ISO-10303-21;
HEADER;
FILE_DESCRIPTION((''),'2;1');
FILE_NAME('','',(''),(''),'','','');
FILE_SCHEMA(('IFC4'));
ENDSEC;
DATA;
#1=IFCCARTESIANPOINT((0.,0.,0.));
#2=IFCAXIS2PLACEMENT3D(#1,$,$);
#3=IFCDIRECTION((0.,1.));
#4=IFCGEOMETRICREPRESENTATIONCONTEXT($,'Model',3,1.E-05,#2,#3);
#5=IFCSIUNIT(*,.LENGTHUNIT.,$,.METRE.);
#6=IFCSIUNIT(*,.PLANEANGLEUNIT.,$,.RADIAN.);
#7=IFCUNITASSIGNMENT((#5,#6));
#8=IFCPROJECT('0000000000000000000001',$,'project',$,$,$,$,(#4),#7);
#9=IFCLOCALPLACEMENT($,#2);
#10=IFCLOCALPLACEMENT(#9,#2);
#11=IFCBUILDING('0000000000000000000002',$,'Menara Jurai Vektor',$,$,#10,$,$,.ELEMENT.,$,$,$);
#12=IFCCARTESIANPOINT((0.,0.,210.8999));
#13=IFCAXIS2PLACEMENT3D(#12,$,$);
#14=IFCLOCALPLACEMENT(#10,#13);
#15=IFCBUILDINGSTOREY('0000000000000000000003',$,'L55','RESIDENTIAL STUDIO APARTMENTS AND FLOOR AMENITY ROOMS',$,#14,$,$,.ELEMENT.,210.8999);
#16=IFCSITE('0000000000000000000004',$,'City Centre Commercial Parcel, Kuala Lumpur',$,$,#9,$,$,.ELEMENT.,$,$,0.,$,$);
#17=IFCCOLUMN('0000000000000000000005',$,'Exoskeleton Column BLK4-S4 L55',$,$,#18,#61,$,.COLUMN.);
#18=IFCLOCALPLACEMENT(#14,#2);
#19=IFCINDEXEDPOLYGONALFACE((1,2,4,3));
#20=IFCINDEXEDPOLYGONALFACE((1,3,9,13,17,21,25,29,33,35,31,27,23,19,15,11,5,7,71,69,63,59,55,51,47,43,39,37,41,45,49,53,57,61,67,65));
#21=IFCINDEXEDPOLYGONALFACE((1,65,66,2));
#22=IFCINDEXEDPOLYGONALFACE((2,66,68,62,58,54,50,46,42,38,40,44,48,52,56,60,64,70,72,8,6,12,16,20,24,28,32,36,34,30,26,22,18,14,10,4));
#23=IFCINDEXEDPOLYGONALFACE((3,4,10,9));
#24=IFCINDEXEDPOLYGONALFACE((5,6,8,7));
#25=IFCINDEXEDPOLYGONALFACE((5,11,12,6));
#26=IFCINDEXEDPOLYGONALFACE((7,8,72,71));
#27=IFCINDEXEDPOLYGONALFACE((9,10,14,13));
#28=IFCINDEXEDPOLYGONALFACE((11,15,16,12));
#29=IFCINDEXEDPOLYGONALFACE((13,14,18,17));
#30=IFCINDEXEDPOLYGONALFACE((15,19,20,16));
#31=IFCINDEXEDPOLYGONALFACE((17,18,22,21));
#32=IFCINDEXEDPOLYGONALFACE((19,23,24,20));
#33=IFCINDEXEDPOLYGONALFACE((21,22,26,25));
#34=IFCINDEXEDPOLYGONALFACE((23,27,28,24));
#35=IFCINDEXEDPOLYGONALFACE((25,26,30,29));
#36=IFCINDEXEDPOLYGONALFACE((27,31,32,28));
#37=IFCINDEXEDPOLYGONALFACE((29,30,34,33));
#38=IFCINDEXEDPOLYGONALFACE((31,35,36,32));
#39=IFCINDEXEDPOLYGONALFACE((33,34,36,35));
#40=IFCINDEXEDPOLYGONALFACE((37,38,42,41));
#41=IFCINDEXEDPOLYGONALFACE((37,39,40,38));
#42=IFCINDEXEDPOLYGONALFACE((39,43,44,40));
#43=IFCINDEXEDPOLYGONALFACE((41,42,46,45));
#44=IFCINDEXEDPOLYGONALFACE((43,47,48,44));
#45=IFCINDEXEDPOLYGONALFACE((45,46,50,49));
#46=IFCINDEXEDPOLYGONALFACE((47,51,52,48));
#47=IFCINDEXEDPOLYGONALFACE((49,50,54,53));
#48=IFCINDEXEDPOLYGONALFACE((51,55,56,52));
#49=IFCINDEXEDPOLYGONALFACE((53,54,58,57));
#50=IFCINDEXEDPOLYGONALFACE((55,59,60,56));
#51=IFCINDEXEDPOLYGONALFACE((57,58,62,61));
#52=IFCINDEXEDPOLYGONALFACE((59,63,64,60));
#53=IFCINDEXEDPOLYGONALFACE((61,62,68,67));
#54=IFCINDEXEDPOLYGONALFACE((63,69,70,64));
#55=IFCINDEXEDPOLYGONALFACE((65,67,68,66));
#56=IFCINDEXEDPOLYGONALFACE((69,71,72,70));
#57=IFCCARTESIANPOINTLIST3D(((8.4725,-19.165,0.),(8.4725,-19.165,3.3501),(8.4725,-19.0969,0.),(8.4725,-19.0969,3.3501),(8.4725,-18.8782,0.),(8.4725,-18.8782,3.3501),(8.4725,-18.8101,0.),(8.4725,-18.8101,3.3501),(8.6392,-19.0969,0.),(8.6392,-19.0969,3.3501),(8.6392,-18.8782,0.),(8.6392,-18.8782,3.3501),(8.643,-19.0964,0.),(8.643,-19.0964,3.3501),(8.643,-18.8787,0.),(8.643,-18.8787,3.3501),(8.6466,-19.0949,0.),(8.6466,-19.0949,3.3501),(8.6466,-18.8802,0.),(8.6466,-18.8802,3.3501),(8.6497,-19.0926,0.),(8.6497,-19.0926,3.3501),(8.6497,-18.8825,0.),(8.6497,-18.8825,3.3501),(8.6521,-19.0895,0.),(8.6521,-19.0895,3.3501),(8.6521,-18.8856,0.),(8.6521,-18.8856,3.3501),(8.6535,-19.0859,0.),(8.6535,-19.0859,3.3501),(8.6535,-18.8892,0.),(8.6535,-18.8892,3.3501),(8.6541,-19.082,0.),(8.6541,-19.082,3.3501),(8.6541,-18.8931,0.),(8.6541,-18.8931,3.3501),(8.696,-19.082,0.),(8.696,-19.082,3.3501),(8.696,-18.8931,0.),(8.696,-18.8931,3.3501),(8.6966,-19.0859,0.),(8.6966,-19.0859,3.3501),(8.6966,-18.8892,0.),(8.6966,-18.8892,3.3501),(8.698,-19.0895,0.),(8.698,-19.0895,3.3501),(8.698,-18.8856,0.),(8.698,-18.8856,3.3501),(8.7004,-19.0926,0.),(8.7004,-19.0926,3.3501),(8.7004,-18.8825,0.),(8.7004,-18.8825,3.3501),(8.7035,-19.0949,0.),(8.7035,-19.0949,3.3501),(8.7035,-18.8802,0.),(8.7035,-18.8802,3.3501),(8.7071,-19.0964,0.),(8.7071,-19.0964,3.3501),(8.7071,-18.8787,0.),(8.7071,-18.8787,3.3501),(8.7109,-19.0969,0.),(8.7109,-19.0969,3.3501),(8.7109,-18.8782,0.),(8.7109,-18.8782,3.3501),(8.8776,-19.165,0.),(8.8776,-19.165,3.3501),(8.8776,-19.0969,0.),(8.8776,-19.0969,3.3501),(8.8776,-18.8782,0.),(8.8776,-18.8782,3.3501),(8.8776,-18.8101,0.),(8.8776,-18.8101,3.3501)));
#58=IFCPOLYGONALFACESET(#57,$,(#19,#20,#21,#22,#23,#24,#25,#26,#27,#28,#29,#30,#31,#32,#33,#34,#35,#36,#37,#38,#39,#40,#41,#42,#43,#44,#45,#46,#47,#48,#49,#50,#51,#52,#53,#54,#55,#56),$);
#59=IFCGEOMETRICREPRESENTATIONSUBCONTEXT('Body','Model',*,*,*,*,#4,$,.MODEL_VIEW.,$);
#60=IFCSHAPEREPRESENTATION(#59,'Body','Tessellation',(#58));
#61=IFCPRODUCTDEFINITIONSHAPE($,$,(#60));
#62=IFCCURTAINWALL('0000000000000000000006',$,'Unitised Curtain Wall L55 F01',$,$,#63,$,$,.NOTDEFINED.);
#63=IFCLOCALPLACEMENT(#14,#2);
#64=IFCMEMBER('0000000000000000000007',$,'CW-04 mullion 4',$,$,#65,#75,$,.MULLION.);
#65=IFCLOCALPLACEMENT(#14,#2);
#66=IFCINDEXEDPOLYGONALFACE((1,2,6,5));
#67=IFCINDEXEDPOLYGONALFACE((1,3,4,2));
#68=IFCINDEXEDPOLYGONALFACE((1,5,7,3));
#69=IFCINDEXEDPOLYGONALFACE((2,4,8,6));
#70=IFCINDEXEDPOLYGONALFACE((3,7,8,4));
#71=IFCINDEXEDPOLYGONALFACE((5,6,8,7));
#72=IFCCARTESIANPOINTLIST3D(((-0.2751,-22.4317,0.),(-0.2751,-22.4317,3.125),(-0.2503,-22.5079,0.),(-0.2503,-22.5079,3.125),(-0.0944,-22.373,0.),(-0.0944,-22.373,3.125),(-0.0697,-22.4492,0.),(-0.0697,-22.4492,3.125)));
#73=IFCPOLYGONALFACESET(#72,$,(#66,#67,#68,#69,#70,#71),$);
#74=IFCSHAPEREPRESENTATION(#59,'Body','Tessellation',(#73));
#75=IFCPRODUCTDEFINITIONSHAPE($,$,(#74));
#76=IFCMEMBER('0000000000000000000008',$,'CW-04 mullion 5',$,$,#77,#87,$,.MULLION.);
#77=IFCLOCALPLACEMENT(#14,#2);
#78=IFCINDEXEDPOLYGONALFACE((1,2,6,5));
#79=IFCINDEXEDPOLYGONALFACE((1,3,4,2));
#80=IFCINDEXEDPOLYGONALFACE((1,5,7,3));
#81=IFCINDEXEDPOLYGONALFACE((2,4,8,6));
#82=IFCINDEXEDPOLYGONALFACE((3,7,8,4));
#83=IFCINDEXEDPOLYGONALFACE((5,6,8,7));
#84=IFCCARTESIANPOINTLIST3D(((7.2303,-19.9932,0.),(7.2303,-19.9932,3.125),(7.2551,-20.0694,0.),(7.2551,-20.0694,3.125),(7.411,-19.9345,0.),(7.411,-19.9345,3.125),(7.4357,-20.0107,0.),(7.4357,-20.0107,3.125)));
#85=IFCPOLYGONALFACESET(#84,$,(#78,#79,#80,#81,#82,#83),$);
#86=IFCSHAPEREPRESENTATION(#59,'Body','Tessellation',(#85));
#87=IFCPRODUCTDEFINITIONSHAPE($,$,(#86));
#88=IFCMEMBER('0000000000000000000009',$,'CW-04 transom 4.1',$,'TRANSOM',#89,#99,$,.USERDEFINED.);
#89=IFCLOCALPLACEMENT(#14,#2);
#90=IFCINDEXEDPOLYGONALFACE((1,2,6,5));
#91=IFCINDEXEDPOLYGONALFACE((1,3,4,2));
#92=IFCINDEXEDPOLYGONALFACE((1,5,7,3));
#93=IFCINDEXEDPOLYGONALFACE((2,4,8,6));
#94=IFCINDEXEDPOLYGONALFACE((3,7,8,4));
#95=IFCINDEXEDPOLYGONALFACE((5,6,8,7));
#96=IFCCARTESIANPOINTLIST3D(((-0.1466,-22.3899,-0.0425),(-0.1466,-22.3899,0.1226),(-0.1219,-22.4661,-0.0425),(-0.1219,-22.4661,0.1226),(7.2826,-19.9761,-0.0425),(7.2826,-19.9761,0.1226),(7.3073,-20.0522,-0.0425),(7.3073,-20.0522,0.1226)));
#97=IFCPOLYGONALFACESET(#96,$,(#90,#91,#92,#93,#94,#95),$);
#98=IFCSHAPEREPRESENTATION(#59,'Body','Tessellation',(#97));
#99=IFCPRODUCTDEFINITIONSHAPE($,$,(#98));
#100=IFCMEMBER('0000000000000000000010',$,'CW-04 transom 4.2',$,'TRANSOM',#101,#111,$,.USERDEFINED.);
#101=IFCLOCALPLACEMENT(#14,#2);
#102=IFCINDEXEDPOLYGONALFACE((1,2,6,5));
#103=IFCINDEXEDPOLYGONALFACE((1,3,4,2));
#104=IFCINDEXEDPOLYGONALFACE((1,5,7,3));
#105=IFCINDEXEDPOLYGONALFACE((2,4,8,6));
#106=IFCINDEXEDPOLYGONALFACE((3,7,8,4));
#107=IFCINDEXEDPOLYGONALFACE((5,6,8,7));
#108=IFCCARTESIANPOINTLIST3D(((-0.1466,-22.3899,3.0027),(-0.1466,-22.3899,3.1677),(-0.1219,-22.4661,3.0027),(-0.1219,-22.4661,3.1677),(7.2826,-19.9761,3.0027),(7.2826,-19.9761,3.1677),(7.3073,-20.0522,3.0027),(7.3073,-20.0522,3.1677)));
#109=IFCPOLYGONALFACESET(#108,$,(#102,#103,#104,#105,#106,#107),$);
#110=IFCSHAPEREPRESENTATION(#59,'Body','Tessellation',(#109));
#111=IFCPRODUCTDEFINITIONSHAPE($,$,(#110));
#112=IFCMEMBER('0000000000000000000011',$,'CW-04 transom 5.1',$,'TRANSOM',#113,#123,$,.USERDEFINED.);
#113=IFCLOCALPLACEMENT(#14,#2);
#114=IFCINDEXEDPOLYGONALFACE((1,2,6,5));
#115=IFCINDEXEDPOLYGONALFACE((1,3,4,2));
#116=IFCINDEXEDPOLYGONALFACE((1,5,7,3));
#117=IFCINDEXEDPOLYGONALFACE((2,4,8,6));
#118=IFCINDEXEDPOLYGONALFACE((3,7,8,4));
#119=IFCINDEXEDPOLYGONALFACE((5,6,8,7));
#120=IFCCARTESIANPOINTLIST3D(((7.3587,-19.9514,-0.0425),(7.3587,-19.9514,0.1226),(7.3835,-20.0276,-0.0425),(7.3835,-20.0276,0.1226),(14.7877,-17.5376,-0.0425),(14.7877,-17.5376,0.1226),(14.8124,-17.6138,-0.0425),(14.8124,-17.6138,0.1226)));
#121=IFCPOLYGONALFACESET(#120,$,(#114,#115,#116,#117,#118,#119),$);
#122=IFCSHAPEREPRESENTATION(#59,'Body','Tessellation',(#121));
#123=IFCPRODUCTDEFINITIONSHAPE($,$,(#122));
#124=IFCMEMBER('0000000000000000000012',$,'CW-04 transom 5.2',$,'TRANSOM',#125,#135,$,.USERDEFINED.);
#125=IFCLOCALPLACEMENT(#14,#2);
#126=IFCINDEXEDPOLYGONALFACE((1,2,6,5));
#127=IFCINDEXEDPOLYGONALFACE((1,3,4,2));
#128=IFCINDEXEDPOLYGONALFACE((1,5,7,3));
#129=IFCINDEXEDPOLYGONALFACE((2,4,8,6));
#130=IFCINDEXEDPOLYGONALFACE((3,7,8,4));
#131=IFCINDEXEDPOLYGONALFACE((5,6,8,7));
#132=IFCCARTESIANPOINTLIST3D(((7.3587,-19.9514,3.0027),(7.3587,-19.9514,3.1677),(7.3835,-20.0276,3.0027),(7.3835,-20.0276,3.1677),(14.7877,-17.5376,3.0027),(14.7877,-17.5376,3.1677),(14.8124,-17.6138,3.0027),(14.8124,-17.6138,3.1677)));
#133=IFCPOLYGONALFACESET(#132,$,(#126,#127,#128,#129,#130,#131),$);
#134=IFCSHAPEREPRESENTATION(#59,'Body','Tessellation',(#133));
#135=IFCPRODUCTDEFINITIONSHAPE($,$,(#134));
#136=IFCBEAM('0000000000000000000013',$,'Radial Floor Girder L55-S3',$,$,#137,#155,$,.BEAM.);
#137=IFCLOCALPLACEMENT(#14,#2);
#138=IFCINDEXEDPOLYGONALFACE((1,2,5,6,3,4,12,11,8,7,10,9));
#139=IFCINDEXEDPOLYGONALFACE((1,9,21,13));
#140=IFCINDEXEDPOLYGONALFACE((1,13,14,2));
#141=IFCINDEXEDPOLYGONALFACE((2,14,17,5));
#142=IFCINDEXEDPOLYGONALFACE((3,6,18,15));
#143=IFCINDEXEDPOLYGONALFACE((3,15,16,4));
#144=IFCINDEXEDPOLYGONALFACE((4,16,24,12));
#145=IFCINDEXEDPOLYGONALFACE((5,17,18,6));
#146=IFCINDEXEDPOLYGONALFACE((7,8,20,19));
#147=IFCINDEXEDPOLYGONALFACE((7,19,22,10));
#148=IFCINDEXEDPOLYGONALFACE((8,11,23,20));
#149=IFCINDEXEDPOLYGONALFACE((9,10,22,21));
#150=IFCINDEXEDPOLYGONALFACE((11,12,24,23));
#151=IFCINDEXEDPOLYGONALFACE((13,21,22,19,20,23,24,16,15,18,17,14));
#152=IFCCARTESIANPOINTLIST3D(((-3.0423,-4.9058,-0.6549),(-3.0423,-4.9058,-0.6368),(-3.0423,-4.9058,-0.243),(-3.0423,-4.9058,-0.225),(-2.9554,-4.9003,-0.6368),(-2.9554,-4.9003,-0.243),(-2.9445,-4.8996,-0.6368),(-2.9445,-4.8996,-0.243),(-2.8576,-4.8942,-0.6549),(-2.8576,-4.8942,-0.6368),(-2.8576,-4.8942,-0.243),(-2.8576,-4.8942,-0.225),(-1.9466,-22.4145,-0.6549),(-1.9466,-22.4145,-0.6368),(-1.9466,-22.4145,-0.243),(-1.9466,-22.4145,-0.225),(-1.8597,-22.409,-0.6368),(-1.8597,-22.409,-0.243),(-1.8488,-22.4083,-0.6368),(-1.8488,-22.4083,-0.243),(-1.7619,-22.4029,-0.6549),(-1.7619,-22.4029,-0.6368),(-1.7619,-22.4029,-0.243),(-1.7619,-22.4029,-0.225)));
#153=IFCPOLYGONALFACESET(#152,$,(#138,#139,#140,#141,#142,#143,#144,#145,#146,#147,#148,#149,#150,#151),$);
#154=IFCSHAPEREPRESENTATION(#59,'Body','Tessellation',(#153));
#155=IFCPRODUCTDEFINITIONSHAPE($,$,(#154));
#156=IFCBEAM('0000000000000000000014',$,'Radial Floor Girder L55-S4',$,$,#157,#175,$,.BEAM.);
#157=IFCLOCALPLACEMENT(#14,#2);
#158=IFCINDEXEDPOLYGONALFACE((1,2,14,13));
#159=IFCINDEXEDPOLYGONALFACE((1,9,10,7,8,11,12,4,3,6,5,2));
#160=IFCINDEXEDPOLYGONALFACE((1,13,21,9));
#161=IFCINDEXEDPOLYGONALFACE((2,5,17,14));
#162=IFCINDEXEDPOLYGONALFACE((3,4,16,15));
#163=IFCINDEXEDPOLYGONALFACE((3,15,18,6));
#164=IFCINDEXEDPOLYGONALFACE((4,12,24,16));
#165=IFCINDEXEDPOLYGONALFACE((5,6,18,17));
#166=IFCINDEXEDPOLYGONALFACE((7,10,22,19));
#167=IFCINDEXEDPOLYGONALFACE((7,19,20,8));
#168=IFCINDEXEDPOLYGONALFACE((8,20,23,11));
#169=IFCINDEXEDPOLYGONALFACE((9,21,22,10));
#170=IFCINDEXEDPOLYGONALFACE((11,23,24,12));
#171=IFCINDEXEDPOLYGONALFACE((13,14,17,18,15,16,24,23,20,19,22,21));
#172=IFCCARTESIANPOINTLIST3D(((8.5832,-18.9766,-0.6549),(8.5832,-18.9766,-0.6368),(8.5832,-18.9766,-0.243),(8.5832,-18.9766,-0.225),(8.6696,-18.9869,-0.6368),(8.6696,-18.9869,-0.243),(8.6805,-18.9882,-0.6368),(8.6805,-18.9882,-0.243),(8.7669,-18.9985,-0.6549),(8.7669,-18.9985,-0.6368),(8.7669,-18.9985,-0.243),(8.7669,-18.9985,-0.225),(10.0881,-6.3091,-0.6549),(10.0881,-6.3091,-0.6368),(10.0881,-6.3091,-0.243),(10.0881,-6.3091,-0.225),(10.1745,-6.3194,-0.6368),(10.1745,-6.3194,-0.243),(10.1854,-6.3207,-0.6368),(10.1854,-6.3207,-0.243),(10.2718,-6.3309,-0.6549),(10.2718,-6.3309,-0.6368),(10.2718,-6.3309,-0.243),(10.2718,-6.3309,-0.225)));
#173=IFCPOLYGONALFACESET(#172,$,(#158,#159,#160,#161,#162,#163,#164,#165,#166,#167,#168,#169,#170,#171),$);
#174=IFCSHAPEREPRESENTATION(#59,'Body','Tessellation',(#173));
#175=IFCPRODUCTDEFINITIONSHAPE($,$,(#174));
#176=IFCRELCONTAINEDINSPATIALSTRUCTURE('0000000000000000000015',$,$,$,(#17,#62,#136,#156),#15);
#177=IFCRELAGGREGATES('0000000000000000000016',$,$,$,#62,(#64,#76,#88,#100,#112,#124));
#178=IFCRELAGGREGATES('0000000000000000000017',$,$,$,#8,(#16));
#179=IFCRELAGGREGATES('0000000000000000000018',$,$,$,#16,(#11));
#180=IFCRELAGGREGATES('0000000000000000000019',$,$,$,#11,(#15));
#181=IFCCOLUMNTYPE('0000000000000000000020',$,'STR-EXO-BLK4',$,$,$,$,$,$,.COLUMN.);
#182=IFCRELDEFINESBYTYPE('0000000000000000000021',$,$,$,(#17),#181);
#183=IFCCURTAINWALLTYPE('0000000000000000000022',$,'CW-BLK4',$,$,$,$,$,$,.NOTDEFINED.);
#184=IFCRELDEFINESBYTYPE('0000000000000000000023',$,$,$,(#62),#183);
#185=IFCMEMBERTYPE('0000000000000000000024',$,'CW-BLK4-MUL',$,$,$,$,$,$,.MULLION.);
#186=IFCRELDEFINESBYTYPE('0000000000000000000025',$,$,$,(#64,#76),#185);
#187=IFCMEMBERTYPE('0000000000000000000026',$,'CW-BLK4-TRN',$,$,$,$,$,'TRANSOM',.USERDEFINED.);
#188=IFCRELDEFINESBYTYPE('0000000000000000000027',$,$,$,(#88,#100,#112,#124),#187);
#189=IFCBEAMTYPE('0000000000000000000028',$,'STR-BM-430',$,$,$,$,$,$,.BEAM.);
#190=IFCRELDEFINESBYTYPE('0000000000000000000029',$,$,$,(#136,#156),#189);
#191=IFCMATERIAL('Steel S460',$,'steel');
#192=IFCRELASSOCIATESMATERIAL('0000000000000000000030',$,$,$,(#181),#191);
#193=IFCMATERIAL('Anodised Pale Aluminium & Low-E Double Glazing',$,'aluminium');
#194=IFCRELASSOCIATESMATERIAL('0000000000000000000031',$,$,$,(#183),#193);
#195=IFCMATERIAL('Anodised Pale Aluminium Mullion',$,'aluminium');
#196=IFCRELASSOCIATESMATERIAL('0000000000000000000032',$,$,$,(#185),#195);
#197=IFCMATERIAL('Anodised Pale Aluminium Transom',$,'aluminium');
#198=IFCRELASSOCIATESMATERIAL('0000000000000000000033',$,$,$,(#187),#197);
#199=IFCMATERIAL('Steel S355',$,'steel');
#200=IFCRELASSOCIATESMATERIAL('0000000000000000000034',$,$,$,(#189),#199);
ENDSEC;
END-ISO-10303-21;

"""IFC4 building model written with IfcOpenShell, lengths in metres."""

from ifc_helpers import new_model, si_unit, direction, frame, origin, origin_2d, place, context, subcontext, project, spatial, rectangle, i_section, extrude, material, material_profile, profile_set, type_object, element, aggregate, save


model = new_model("IFC4")

# Units and contexts
model_context = context("Model", 3, precision=1e-05, world=origin(), true_north=direction((0.0, 1.0)))
body_context = subcontext(model_context, "Body", "Model", "MODEL_VIEW")
ifc_project = project(units=[si_unit("LENGTHUNIT", "METRE"), si_unit("PLANEANGLEUNIT", "RADIAN")], contexts=[model_context])

# Site, building, storey
site_placement = place(None, origin())
site = spatial("IfcSite", under=ifc_project, at=site_placement, Name="City Centre Commercial Parcel, Kuala Lumpur", CompositionType="ELEMENT", RefElevation=0.0)
building_placement = place(site_placement, origin())
building = spatial("IfcBuilding", under=site, at=building_placement, Name="Menara Jurai Vektor", CompositionType="ELEMENT")
storey_placement = place(building_placement, frame((0.0, 0.0, 210.8999)))
storey = spatial("IfcBuildingStorey", under=building, at=storey_placement, Name="L55", Description="RESIDENTIAL STUDIO APARTMENTS AND FLOOR AMENITY ROOMS", CompositionType="ELEMENT", Elevation=210.8999)

# Column
ifc_material_1 = material(Name="Steel S460", Category="steel")
ifc_material_profile_1 = material_profile(ifc_material_1, i_section(OverallWidth=0.405, OverallDepth=0.355, WebThickness=0.042, FlangeThickness=0.0681, FilletRadius=0.0149, at=origin_2d()), Name="HD 400x551")
ifc_profile_set_1 = profile_set([ifc_material_profile_1], Name="Steel S460")
column_type = type_object("IfcColumnType", Name="STR-EXO-BLK4", PredefinedType="COLUMN", material=ifc_profile_set_1)
column_placement = place(storey_placement, frame((8.675, -18.9875, 0.0), z_axis=(0.0, 0.0, 1.0), x_axis=(1.0, 0.0, 0.0)))
element("IfcColumn", 1, at=column_placement, inside=storey, type_object=column_type, Name="Exoskeleton Column BLK4-S4 L55", PredefinedType="COLUMN", context=body_context, shape_type="SweptSolid", body=[
    extrude(i_section(OverallWidth=0.405, OverallDepth=0.355, WebThickness=0.042, FlangeThickness=0.0681, FilletRadius=0.0149, at=origin_2d()), origin(), (0.0, 0.0, 1.0), 3.3501),
])

# Curtain wall, members
ifc_material_2 = material(Name="Anodised Pale Aluminium & Low-E Double Glazing", Category="aluminium")
curtain_wall_type = type_object("IfcCurtainWallType", Name="CW-BLK4", PredefinedType="NOTDEFINED", material=ifc_material_2)
curtain_wall_placement = place(storey_placement, origin())
curtain_wall = element("IfcCurtainWall", 2, at=curtain_wall_placement, inside=storey, type_object=curtain_wall_type, Name="Unitised Curtain Wall L55 F01", PredefinedType="NOTDEFINED")
ifc_material_3 = material(Name="Anodised Pale Aluminium Mullion", Category="aluminium")
ifc_material_profile_2 = material_profile(ifc_material_3, rectangle(XDim=0.0801, YDim=0.1899, at=origin_2d()), Name="ALU MUL 80x190")
ifc_profile_set_2 = profile_set([ifc_material_profile_2], Name="Anodised Pale Aluminium Mullion")
member_type_1 = type_object("IfcMemberType", Name="CW-BLK4-MUL", PredefinedType="MULLION", material=ifc_profile_set_2)
member_1_placement = place(storey_placement, frame((-0.1724, -22.4404, 0.0), z_axis=(0.0, 0.0, 1.0), x_axis=(-0.309017, 0.951056, 0.0)))
member_1 = element("IfcMember", 3, at=member_1_placement, type_object=member_type_1, Name="CW-04 mullion 4", PredefinedType="MULLION", context=body_context, shape_type="SweptSolid", body=[
    extrude(rectangle(XDim=0.0801, YDim=0.1899, at=origin_2d()), origin(), (0.0, 0.0, 1.0), 3.125),
])
member_2_placement = place(storey_placement, frame((7.333, -20.002, 0.0), z_axis=(0.0, 0.0, 1.0), x_axis=(-0.309017, 0.951056, 0.0)))
member_2 = element("IfcMember", 4, at=member_2_placement, type_object=member_type_1, Name="CW-04 mullion 5", PredefinedType="MULLION", context=body_context, shape_type="SweptSolid", body=[
    extrude(rectangle(XDim=0.0801, YDim=0.1899, at=origin_2d()), origin(), (0.0, 0.0, 1.0), 3.125),
])
ifc_material_4 = material(Name="Anodised Pale Aluminium Transom", Category="aluminium")
ifc_material_profile_3 = material_profile(ifc_material_4, rectangle(XDim=0.0801, YDim=0.165, at=origin_2d()), Name="ALU TRN 80x165")
ifc_profile_set_3 = profile_set([ifc_material_profile_3], Name="Anodised Pale Aluminium Transom")
member_type_2 = type_object("IfcMemberType", Name="CW-BLK4-TRN", ElementType="TRANSOM", PredefinedType="USERDEFINED", material=ifc_profile_set_3)
member_3_placement = place(storey_placement, frame((-0.1343, -22.428, 0.04), z_axis=(0.951059, 0.309008, 0.0), x_axis=(-0.309008, 0.951059, 0.0)))
member_3 = element("IfcMember", 5, at=member_3_placement, type_object=member_type_2, Name="CW-04 transom 4.1", ObjectType="TRANSOM", PredefinedType="USERDEFINED", context=body_context, shape_type="SweptSolid", body=[
    extrude(rectangle(XDim=0.0801, YDim=0.165, at=origin_2d()), origin(), (0.0, 0.0, 1.0), 7.8115),
])
member_4_placement = place(storey_placement, frame((-0.1343, -22.428, 3.0852), z_axis=(0.951059, 0.309008, 0.0), x_axis=(-0.309008, 0.951059, 0.0)))
member_4 = element("IfcMember", 6, at=member_4_placement, type_object=member_type_2, Name="CW-04 transom 4.2", ObjectType="TRANSOM", PredefinedType="USERDEFINED", context=body_context, shape_type="SweptSolid", body=[
    extrude(rectangle(XDim=0.0801, YDim=0.165, at=origin_2d()), origin(), (0.0, 0.0, 1.0), 7.8115),
])
member_5_placement = place(storey_placement, frame((7.3711, -19.9895, 0.04), z_axis=(0.951056, 0.309018, 0.0), x_axis=(-0.309018, 0.951056, 0.0)))
member_5 = element("IfcMember", 7, at=member_5_placement, type_object=member_type_2, Name="CW-04 transom 5.1", ObjectType="TRANSOM", PredefinedType="USERDEFINED", context=body_context, shape_type="SweptSolid", body=[
    extrude(rectangle(XDim=0.0801, YDim=0.165, at=origin_2d()), origin(), (0.0, 0.0, 1.0), 7.8113),
])
member_6_placement = place(storey_placement, frame((7.3711, -19.9895, 3.0852), z_axis=(0.951056, 0.309018, 0.0), x_axis=(-0.309018, 0.951056, 0.0)))
member_6 = element("IfcMember", 8, at=member_6_placement, type_object=member_type_2, Name="CW-04 transom 5.2", ObjectType="TRANSOM", PredefinedType="USERDEFINED", context=body_context, shape_type="SweptSolid", body=[
    extrude(rectangle(XDim=0.0801, YDim=0.165, at=origin_2d()), origin(), (0.0, 0.0, 1.0), 7.8113),
])

# Beams
ifc_material_5 = material(Name="Steel S355", Category="steel")
ifc_material_profile_4 = material_profile(ifc_material_5, i_section(OverallWidth=0.1851, OverallDepth=0.4299, WebThickness=0.011, FlangeThickness=0.0181, at=origin_2d()), Name="PG 430x185x76")
ifc_profile_set_4 = profile_set([ifc_material_profile_4], Name="Steel S355")
beam_type_1 = type_object("IfcBeamType", Name="STR-BM-430", PredefinedType="BEAM", material=ifc_profile_set_4)
beam_1_placement = place(storey_placement, frame((-1.8542, -22.4087, -0.4399), z_axis=(-0.062458, 0.998048, 0.0), x_axis=(-0.998048, -0.062458, 0.0)))
element("IfcBeam", 9, at=beam_1_placement, inside=storey, type_object=beam_type_1, Name="Radial Floor Girder L55-S3", PredefinedType="BEAM", context=body_context, shape_type="SweptSolid", body=[
    extrude(i_section(OverallWidth=0.1851, OverallDepth=0.4299, WebThickness=0.011, FlangeThickness=0.0181, at=origin_2d()), origin(), (0.0, 0.0, 1.0), 17.543),
])
beam_2_placement = place(storey_placement, frame((8.675, -18.9875, -0.4399), z_axis=(0.117969, 0.993017, 0.0), x_axis=(-0.993017, 0.117969, 0.0)))
element("IfcBeam", 10, at=beam_2_placement, inside=storey, type_object=beam_type_1, Name="Radial Floor Girder L55-S4", PredefinedType="BEAM", context=body_context, shape_type="SweptSolid", body=[
    extrude(i_section(OverallWidth=0.1851, OverallDepth=0.4299, WebThickness=0.011, FlangeThickness=0.0181, at=origin_2d()), origin(), (0.0, 0.0, 1.0), 12.7566),
])

aggregate(curtain_wall, [member_1, member_2, member_3, member_4, member_5, member_6])

save(model, "model.ifc")
